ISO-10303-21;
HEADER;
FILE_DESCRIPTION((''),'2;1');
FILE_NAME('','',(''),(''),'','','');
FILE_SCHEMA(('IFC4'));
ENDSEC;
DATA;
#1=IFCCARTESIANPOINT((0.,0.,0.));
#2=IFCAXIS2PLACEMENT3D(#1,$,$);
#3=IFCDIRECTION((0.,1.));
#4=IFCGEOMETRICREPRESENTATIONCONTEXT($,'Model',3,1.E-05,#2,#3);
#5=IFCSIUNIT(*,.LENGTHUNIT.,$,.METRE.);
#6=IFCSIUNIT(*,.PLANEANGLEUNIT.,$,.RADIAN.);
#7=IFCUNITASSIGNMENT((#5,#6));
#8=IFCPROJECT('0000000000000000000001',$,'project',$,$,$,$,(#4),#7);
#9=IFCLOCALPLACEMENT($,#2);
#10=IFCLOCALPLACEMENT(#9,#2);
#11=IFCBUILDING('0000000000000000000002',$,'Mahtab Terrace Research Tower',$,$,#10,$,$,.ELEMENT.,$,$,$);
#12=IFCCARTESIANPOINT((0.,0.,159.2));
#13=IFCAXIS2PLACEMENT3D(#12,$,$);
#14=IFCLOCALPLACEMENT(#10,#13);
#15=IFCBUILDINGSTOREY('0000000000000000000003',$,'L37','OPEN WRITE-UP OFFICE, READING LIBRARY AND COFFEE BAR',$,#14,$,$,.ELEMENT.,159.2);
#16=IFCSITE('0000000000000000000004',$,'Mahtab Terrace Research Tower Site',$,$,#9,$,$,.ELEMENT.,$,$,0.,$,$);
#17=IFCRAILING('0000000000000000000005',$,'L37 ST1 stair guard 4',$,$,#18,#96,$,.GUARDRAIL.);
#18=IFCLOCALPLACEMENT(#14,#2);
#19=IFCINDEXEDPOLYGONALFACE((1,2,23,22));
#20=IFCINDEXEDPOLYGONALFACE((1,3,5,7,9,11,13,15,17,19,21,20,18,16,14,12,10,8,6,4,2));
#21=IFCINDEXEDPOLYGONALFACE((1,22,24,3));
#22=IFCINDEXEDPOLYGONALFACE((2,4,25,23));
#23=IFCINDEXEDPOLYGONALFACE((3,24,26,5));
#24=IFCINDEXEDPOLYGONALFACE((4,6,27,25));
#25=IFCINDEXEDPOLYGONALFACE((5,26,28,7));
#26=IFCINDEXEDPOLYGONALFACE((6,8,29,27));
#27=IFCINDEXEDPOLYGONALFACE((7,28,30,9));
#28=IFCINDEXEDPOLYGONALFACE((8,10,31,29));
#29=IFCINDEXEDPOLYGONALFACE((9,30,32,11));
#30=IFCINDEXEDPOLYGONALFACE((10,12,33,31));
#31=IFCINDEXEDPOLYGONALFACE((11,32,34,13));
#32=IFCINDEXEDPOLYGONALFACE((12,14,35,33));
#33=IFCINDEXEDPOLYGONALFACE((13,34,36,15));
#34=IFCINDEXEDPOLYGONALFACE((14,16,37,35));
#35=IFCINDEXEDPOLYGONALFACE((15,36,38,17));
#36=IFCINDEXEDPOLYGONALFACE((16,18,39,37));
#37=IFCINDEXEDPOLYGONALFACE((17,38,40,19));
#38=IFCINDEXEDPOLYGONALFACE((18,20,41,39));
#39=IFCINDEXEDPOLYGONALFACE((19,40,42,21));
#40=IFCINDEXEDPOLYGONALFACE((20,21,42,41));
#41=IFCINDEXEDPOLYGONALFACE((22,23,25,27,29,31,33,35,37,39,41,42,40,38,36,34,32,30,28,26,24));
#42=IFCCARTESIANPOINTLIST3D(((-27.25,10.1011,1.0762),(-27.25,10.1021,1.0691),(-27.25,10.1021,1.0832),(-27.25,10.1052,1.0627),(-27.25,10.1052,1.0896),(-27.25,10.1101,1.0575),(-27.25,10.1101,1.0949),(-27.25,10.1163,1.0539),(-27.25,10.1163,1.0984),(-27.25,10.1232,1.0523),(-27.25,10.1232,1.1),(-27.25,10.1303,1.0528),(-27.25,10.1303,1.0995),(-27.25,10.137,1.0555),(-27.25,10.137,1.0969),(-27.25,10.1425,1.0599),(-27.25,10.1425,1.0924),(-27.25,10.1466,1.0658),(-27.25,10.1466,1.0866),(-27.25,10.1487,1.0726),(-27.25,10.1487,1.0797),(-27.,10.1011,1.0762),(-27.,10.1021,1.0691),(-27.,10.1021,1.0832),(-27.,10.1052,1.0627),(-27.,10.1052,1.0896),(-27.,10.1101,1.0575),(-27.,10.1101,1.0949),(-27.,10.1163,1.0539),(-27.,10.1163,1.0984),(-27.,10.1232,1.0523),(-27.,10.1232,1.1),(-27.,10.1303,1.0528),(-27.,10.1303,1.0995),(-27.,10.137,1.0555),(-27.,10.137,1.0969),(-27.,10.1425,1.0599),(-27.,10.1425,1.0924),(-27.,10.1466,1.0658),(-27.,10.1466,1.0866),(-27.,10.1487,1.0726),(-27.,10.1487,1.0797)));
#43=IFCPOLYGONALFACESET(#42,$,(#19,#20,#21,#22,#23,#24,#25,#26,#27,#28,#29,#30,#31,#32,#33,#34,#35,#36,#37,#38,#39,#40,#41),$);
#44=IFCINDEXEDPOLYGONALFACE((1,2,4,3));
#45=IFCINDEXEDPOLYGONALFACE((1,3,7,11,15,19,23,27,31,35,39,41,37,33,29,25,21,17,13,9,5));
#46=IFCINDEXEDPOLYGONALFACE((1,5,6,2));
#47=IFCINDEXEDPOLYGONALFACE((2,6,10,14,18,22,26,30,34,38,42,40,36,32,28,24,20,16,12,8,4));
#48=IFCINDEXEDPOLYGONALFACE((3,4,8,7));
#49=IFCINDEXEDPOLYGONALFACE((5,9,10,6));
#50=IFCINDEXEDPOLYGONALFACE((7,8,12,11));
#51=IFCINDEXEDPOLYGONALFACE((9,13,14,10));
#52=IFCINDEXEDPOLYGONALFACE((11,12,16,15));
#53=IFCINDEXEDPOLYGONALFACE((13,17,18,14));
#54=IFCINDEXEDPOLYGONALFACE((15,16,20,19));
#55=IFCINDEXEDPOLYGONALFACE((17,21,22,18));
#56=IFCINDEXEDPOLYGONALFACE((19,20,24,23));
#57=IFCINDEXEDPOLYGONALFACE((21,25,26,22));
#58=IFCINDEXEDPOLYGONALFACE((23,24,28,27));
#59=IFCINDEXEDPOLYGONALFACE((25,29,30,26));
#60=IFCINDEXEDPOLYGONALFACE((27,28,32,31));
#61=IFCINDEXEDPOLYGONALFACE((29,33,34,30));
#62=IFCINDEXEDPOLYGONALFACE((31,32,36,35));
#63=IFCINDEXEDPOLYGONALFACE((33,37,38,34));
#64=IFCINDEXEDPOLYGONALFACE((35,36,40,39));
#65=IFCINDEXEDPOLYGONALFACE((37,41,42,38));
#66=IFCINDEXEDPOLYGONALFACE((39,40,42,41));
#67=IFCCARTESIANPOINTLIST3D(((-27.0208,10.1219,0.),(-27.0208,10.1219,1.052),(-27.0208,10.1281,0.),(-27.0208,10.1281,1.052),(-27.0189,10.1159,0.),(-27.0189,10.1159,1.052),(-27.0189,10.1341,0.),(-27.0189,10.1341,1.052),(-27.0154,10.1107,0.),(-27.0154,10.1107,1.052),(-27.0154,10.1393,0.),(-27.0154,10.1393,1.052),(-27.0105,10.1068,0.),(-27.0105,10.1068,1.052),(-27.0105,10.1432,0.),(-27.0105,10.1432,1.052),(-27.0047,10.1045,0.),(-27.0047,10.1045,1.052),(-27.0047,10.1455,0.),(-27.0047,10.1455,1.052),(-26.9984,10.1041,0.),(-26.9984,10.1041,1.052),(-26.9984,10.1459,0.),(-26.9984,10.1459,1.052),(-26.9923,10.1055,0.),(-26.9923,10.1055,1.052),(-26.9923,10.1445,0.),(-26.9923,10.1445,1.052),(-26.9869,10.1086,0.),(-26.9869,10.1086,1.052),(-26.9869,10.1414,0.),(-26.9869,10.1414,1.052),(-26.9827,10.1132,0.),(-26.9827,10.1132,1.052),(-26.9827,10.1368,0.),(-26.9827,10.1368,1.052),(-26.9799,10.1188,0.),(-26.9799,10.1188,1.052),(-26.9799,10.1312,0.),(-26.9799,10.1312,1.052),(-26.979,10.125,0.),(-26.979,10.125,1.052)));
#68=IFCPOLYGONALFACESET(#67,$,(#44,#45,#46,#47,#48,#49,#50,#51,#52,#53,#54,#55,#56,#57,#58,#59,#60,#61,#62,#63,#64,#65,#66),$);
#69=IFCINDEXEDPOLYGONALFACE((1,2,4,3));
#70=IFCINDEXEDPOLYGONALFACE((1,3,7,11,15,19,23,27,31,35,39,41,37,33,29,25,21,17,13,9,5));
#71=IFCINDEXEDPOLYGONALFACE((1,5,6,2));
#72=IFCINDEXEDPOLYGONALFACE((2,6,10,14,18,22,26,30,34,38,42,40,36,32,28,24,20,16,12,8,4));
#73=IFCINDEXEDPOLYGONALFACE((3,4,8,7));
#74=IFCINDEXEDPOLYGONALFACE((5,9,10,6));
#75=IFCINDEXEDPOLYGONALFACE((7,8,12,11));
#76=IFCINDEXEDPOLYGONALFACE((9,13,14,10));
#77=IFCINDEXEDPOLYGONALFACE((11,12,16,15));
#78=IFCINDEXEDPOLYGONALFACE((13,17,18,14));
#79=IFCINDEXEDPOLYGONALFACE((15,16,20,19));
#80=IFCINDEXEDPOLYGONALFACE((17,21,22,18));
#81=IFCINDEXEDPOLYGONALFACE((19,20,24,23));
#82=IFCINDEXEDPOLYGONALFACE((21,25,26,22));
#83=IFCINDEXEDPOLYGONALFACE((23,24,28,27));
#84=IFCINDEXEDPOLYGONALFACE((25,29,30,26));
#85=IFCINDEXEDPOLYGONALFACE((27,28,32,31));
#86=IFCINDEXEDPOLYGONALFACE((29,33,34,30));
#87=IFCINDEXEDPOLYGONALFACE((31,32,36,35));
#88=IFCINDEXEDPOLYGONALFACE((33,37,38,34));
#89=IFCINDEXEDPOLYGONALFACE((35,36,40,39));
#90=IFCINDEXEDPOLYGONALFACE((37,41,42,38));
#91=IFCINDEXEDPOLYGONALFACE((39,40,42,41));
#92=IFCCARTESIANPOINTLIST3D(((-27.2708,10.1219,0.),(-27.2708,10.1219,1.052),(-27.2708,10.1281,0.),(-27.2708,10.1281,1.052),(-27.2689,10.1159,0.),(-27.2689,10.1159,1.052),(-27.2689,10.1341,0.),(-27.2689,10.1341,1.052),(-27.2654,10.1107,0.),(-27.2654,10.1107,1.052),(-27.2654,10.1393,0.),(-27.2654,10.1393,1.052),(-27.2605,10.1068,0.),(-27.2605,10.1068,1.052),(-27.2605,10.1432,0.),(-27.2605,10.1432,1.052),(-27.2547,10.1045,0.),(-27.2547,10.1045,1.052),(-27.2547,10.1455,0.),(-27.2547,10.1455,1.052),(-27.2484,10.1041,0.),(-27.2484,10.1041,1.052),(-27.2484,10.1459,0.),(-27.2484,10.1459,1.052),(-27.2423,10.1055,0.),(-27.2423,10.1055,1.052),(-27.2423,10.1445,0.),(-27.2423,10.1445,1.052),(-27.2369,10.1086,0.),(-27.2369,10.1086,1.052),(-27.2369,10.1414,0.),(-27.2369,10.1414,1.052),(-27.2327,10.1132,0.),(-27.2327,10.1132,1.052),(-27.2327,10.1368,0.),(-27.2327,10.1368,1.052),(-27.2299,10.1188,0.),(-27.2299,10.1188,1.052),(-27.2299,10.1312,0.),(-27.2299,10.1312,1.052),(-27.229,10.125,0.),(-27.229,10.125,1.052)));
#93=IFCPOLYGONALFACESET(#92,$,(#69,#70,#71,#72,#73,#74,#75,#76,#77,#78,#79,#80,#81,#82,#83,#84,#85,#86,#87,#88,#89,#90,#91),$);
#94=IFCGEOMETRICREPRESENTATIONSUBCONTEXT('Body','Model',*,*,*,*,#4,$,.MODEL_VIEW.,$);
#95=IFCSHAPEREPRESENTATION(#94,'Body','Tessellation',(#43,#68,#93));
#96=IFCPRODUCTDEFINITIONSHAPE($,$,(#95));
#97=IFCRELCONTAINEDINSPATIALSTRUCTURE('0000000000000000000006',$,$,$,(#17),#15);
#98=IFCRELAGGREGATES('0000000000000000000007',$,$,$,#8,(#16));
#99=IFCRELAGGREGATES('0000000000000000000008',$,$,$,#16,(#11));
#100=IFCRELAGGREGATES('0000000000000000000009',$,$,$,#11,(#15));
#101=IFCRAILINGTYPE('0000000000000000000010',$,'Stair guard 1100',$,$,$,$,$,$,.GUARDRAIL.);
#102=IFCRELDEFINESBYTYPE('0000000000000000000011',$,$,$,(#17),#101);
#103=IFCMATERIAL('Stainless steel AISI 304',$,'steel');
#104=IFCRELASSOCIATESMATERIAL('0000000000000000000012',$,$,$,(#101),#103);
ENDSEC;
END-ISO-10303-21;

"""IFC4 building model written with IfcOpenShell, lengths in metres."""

from ifc_helpers import new_model, si_unit, direction, frame, origin, origin_2d, place, context, subcontext, project, spatial, circle, extrude, material, type_object, element, save


model = new_model("IFC4")

# Units and contexts
model_context = context("Model", 3, precision=1e-05, world=origin(), true_north=direction((0.0, 1.0)))
body_context = subcontext(model_context, "Body", "Model", "MODEL_VIEW")
ifc_project = project(units=[si_unit("LENGTHUNIT", "METRE"), si_unit("PLANEANGLEUNIT", "RADIAN")], contexts=[model_context])

# Site, building, storey
site_placement = place(None, origin())
site = spatial("IfcSite", under=ifc_project, at=site_placement, Name="Mahtab Terrace Research Tower Site", CompositionType="ELEMENT", RefElevation=0.0)
building_placement = place(site_placement, origin())
building = spatial("IfcBuilding", under=site, at=building_placement, Name="Mahtab Terrace Research Tower", CompositionType="ELEMENT")
storey_placement = place(building_placement, frame((0.0, 0.0, 159.2)))
storey = spatial("IfcBuildingStorey", under=building, at=storey_placement, Name="L37", Description="OPEN WRITE-UP OFFICE, READING LIBRARY AND COFFEE BAR", CompositionType="ELEMENT", Elevation=159.2)

# Railing
ifc_material_1 = material(Name="Stainless steel AISI 304", Category="steel")
railing_type_1 = type_object("IfcRailingType", Name="Stair guard 1100", PredefinedType="GUARDRAIL", material=ifc_material_1)
railing_1_placement = place(storey_placement, frame((-27.0, 10.125, 0.0)))
element("IfcRailing", 1, at=railing_1_placement, inside=storey, type_object=railing_type_1, Name="L37 ST1 stair guard 4", PredefinedType="GUARDRAIL", context=body_context, shape_type="SweptSolid", body=[
    extrude(circle(Radius=0.0239, at=origin_2d()), frame((0.0, 0.0, 1.0762), z_axis=(-1.0, 0.0, 0.0), x_axis=(0.0, -1.0, 0.0)), (0.0, 0.0, 1.0), 0.25),
    extrude(circle(Radius=0.021, at=origin_2d()), origin(), (0.0, 0.0, 1.0), 1.052),
    extrude(circle(Radius=0.021, at=origin_2d()), frame((-0.25, 0.0, 0.0)), (0.0, 0.0, 1.0), 1.052),
])

save(model, "model.ifc")
